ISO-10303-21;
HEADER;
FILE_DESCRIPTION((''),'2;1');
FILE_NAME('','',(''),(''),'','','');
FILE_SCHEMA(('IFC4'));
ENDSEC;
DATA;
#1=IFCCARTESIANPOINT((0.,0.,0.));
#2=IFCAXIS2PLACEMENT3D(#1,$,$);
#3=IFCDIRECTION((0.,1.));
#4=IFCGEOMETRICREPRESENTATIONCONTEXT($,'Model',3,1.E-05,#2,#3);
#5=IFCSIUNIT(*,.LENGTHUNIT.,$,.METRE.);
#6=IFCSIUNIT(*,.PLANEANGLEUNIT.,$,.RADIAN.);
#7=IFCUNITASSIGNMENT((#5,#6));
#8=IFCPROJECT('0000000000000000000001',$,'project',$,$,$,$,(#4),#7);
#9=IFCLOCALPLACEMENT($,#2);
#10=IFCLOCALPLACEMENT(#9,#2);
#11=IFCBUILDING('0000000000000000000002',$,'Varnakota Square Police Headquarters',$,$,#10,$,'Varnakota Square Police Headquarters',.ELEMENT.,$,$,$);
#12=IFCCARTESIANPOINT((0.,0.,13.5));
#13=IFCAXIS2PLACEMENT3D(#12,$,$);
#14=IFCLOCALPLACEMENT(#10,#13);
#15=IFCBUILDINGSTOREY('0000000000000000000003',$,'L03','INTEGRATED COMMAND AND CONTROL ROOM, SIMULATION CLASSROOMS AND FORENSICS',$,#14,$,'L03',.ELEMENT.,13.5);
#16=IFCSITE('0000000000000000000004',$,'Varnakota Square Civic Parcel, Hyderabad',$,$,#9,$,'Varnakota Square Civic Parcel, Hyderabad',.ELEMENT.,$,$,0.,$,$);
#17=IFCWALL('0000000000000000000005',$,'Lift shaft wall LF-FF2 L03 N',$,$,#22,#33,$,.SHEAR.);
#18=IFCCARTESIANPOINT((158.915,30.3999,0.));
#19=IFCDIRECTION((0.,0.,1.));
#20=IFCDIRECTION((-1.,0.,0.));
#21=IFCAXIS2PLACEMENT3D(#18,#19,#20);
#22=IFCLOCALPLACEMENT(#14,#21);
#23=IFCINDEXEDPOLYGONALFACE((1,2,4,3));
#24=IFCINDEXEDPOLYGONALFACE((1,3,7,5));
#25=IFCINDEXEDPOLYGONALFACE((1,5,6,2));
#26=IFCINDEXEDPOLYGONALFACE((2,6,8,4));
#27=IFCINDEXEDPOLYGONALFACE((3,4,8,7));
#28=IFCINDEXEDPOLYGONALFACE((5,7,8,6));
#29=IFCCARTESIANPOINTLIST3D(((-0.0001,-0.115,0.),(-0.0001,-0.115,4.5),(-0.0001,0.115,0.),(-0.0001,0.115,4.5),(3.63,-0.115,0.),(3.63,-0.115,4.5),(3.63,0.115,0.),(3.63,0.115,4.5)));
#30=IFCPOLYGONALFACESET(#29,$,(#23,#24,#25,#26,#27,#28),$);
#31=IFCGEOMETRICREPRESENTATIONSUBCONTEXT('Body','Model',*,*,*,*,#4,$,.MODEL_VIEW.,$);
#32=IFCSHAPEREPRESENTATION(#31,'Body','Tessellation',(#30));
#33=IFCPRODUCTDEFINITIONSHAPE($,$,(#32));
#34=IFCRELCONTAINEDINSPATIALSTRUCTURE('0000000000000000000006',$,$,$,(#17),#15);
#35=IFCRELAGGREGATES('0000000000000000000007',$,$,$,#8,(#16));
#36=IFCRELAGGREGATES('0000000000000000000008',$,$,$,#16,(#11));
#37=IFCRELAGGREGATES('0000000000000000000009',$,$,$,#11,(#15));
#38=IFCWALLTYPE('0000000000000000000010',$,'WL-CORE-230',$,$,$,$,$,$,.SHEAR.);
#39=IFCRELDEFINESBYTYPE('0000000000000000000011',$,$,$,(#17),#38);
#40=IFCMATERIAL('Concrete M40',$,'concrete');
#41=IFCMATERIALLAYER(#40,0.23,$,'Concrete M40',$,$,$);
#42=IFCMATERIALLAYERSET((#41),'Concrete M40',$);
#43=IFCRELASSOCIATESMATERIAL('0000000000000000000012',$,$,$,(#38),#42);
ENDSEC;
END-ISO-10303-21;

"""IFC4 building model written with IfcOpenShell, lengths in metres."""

from ifc_helpers import new_model, si_unit, direction, frame, frame_2d, origin, place, context, subcontext, project, spatial, rectangle, extrude, material, layer, layer_set, type_object, element, save


model = new_model("IFC4")

# Units and contexts
model_context = context("Model", 3, precision=1e-05, world=origin(), true_north=direction((0.0, 1.0)))
body_context = subcontext(model_context, "Body", "Model", "MODEL_VIEW")
ifc_project = project(units=[si_unit("LENGTHUNIT", "METRE"), si_unit("PLANEANGLEUNIT", "RADIAN")], contexts=[model_context])

# Site, building, storey
site_placement = place(None, origin())
site = spatial("IfcSite", under=ifc_project, at=site_placement, Name="Varnakota Square Civic Parcel, Hyderabad", LongName="Varnakota Square Civic Parcel, Hyderabad", CompositionType="ELEMENT", RefElevation=0.0)
building_placement = place(site_placement, origin())
building = spatial("IfcBuilding", under=site, at=building_placement, Name="Varnakota Square Police Headquarters", LongName="Varnakota Square Police Headquarters", CompositionType="ELEMENT")
storey_placement = place(building_placement, frame((0.0, 0.0, 13.5)))
storey = spatial("IfcBuildingStorey", under=building, at=storey_placement, Name="L03", Description="INTEGRATED COMMAND AND CONTROL ROOM, SIMULATION CLASSROOMS AND FORENSICS", LongName="L03", CompositionType="ELEMENT", Elevation=13.5)

# Wall
ifc_material_1 = material(Name="Concrete M40", Category="concrete")
ifc_layer_1 = layer(ifc_material_1, 0.23, Name="Concrete M40")
ifc_layer_set_1 = layer_set([ifc_layer_1], Name="Concrete M40")
wall_type_1 = type_object("IfcWallType", Name="WL-CORE-230", PredefinedType="SHEAR", material=ifc_layer_set_1)
wall_1_placement = place(storey_placement, frame((158.915, 30.3999, 0.0), z_axis=(0.0, 0.0, 1.0), x_axis=(-1.0, 0.0, 0.0)))
element("IfcWall", 1, at=wall_1_placement, inside=storey, type_object=wall_type_1, Name="Lift shaft wall LF-FF2 L03 N", PredefinedType="SHEAR", context=body_context, shape_type="SweptSolid", body=[
    extrude(rectangle(XDim=3.6301, YDim=0.23, at=frame_2d((1.8149, 0.0))), origin(), (0.0, 0.0, 1.0), 4.5),
])

save(model, "model.ifc")
